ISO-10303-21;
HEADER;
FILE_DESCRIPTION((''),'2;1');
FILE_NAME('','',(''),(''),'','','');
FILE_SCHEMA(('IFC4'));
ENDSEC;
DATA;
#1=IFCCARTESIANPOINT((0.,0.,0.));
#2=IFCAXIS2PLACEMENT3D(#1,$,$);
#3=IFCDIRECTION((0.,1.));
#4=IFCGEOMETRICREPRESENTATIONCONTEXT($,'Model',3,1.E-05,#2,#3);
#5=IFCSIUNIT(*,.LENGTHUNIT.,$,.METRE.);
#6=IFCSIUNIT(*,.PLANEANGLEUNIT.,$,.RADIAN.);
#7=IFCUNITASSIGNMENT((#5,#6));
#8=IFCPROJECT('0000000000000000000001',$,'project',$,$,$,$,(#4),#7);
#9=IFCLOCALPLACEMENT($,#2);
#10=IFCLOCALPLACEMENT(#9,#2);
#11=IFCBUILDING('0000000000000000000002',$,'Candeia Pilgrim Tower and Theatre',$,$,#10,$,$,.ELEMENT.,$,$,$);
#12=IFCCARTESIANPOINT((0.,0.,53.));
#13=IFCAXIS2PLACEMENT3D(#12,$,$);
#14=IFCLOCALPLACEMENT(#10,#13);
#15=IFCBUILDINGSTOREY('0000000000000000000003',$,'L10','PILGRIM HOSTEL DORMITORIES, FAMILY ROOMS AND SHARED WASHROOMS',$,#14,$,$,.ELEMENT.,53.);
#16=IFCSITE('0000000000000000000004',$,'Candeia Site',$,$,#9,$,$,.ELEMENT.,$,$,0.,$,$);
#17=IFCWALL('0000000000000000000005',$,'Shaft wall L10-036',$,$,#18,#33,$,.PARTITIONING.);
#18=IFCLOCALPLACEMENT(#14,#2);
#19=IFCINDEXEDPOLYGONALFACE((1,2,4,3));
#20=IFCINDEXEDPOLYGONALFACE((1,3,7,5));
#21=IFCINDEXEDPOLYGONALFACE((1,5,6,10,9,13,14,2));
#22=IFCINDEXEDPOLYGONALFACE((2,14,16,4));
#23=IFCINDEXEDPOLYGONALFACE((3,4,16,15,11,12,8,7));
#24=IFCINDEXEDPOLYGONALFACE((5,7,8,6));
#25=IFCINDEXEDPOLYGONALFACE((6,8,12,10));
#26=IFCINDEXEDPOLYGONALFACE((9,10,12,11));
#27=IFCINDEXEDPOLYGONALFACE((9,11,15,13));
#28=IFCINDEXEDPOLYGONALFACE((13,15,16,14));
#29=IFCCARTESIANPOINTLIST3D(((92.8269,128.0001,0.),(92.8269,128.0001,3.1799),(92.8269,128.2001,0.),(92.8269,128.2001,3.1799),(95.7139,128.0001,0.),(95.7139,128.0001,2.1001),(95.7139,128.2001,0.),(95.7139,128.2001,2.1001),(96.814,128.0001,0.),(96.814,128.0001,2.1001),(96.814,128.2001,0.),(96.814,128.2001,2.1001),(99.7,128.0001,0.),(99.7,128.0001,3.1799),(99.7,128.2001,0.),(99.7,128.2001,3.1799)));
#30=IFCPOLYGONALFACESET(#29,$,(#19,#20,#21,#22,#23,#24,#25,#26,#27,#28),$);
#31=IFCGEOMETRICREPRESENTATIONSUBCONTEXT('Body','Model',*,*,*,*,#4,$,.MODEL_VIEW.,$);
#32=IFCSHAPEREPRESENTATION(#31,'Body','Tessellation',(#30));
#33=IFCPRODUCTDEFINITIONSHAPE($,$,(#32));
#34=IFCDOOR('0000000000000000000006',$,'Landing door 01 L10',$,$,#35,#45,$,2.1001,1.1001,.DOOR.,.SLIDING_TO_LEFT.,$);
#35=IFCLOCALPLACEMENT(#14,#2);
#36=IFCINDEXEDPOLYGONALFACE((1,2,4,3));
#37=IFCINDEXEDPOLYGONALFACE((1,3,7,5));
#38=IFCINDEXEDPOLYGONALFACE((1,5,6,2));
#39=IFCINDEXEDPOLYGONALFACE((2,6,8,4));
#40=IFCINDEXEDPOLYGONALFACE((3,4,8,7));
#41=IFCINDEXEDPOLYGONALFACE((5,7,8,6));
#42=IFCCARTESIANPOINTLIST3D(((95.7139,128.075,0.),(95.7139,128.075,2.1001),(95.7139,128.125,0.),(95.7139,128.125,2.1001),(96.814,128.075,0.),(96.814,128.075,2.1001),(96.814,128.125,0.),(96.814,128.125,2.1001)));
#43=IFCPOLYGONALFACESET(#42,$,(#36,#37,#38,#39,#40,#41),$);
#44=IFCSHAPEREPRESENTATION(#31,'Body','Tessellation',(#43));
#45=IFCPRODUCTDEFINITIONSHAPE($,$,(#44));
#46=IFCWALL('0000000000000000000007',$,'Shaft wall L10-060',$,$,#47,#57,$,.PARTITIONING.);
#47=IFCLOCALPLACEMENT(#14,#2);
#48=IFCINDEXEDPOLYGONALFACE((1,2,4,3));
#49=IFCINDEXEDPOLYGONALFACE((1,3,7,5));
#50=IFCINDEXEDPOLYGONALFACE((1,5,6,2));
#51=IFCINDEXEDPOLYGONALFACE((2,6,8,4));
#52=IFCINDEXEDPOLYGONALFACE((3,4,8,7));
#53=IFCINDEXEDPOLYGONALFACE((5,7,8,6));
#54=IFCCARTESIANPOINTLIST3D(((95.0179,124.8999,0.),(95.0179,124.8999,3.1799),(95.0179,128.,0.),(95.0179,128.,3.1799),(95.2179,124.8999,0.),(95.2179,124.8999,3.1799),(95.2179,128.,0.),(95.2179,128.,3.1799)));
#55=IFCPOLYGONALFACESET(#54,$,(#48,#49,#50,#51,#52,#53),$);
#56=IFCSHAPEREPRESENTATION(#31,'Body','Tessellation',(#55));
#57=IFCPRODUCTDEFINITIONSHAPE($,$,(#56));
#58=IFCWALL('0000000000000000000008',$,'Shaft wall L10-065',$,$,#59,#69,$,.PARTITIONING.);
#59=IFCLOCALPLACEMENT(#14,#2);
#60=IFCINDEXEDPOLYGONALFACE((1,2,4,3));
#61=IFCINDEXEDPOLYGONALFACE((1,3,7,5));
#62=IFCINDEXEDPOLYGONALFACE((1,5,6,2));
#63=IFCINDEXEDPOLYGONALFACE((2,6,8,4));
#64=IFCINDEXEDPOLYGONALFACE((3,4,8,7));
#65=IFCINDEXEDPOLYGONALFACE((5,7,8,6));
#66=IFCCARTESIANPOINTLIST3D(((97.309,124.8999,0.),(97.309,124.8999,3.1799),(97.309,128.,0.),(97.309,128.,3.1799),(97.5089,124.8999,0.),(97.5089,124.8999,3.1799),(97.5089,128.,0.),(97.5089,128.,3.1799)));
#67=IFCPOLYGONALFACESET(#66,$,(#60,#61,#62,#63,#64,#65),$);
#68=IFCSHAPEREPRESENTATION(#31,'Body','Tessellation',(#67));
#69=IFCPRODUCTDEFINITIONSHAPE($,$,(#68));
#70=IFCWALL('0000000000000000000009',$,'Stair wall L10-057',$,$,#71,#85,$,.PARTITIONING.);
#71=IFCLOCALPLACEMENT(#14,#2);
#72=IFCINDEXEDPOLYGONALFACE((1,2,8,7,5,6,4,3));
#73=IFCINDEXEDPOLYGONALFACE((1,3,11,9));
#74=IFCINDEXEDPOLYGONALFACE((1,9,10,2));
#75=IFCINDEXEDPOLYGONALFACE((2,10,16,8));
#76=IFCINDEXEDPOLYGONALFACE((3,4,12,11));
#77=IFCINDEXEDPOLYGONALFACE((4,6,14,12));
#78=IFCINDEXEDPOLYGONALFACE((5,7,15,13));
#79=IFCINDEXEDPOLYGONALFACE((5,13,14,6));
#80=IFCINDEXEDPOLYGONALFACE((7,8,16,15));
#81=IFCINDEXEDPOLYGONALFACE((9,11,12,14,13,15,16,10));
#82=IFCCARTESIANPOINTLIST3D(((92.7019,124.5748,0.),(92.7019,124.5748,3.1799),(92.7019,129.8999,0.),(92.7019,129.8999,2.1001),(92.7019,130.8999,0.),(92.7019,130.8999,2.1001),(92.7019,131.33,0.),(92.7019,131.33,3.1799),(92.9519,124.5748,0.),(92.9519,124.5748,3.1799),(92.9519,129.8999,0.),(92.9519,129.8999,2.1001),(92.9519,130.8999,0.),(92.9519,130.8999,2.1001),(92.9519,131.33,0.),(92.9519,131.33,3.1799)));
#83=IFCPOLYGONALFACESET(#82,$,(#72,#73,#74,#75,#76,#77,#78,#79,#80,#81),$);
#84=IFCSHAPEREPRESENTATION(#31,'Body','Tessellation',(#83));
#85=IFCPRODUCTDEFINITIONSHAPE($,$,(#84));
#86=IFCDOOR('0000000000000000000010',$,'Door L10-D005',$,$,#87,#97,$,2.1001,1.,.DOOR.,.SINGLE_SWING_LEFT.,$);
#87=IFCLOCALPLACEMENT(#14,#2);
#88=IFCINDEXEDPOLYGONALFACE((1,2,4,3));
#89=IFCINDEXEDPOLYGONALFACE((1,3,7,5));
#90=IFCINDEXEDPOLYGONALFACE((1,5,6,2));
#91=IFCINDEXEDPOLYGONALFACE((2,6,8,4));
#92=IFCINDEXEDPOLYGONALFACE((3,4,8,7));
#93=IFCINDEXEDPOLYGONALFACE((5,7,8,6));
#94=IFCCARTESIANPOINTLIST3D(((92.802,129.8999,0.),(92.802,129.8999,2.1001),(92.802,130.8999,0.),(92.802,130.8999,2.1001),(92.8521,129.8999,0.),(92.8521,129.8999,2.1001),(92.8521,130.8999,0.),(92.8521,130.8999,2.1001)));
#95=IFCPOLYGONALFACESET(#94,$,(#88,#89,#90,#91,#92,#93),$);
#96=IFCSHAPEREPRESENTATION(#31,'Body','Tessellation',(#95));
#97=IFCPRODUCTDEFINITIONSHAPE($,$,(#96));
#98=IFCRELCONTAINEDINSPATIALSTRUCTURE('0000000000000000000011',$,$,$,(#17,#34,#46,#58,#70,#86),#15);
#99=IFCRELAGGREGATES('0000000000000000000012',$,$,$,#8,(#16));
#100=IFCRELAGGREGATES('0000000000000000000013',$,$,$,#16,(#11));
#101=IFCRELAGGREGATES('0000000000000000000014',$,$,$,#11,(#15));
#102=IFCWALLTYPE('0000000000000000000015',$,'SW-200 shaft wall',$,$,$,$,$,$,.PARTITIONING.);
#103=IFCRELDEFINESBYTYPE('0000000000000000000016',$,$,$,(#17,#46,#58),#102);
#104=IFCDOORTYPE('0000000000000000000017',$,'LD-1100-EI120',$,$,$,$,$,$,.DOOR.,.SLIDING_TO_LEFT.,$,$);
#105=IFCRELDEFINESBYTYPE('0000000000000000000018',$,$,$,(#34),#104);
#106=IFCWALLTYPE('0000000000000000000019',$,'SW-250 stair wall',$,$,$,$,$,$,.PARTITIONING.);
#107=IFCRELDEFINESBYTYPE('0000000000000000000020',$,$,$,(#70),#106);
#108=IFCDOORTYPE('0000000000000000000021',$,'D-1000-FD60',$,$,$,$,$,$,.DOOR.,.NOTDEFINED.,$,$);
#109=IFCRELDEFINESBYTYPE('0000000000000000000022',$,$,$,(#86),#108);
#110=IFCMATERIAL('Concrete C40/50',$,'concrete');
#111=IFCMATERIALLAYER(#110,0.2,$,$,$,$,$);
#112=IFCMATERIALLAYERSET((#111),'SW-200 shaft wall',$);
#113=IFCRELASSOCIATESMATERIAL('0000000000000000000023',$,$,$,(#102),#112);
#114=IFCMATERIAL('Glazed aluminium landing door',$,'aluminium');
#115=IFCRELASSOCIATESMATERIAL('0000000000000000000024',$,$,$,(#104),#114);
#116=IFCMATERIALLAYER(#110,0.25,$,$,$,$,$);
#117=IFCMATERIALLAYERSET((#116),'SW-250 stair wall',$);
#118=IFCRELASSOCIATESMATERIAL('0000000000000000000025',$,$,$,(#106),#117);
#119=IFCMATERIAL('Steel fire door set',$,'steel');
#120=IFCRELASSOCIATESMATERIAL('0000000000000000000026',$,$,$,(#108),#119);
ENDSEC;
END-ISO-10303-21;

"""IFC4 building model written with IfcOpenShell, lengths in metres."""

from ifc_helpers import new_model, si_unit, direction, frame, frame_2d, origin, place, context, subcontext, project, spatial, rectangle, extrude, material, layer, layer_set, type_object, element, fill, save


model = new_model("IFC4")

# Units and contexts
model_context = context("Model", 3, precision=1e-05, world=origin(), true_north=direction((0.0, 1.0)))
body_context = subcontext(model_context, "Body", "Model", "MODEL_VIEW")
ifc_project = project(units=[si_unit("LENGTHUNIT", "METRE"), si_unit("PLANEANGLEUNIT", "RADIAN")], contexts=[model_context])

# Site, building, storey
site_placement = place(None, origin())
site = spatial("IfcSite", under=ifc_project, at=site_placement, Name="Candeia Site", CompositionType="ELEMENT", RefElevation=0.0)
building_placement = place(site_placement, origin())
building = spatial("IfcBuilding", under=site, at=building_placement, Name="Candeia Pilgrim Tower and Theatre", CompositionType="ELEMENT")
storey_placement = place(building_placement, frame((0.0, 0.0, 53.0)))
storey = spatial("IfcBuildingStorey", under=building, at=storey_placement, Name="L10", Description="PILGRIM HOSTEL DORMITORIES, FAMILY ROOMS AND SHARED WASHROOMS", CompositionType="ELEMENT", Elevation=53.0)

# Shared definitions
ifc_material_1 = material(Name="Steel fire door set", Category="steel")

# Shared definitions
ifc_material_2 = material(Name="Concrete C40/50", Category="concrete")
ifc_layer_1 = layer(ifc_material_2, 0.2)
ifc_layer_set_1 = layer_set([ifc_layer_1], Name="SW-200 shaft wall")
wall_type_1 = type_object("IfcWallType", Name="SW-200 shaft wall", PredefinedType="PARTITIONING", material=ifc_layer_set_1)

# Wall, opening, door
ifc_material_3 = material(Name="Glazed aluminium landing door", Category="aluminium")
door_type_1 = type_object("IfcDoorType", Name="LD-1100-EI120", OperationType="SLIDING_TO_LEFT", PredefinedType="DOOR", material=ifc_material_3)
wall_1_placement = place(storey_placement, frame((92.8269, 128.1001, 0.0), z_axis=(0.0, 0.0, 1.0), x_axis=(1.0, 0.0, 0.0)))
wall_1 = element("IfcWall", 1, at=wall_1_placement, inside=storey, type_object=wall_type_1, Name="Shaft wall L10-036", PredefinedType="PARTITIONING", context=body_context, shape_type="SweptSolid", body=[
    extrude(rectangle(XDim=6.873, YDim=0.2, at=frame_2d((3.4365, 0.0))), origin(), (0.0, 0.0, 1.0), 3.1799),
])
opening_1_placement = place(wall_1_placement, frame((2.887, 0.0, 0.0)))
opening_1 = element("IfcOpeningElement", 2, at=opening_1_placement, cuts=wall_1, PredefinedType="OPENING", context=body_context, shape_type="SweptSolid", body=[
    extrude(rectangle(XDim=1.1001, YDim=2.1001, at=frame_2d((0.55, 1.05))), frame((0.0, 0.1099, 0.0), z_axis=(0.0, -1.0, 0.0), x_axis=(1.0, 0.0, 0.0)), (0.0, 0.0, 1.0), 0.22),
])
door_1_placement = place(opening_1_placement, origin())
door_1 = element("IfcDoor", 3, at=door_1_placement, inside=storey, type_object=door_type_1, Name="Landing door 01 L10", OperationType="SLIDING_TO_LEFT", OverallHeight=2.1001, OverallWidth=1.1001, PredefinedType="DOOR", context=body_context, shape_type="SweptSolid", body=[
    extrude(rectangle(XDim=1.1001, YDim=2.1001, at=frame_2d((0.55, 1.05))), frame((0.0, 0.0249, 0.0), z_axis=(0.0, -1.0, 0.0), x_axis=(1.0, 0.0, 0.0)), (0.0, 0.0, 1.0), 0.05),
])
fill(opening_1, door_1)

# Walls
for number, where, z_axis, x_axis, name in (
    (4, (95.1179, 124.8999, 0.0), (0.0, 0.0, 1.0), (0.0, 1.0, 0.0), "Shaft wall L10-060"),
    (5, (97.4089, 124.8999, 0.0), (0.0, 0.0, 1.0), (0.0, 1.0, 0.0), "Shaft wall L10-065"),
):
    element("IfcWall", number, at=place(storey_placement, frame(where, z_axis=z_axis, x_axis=x_axis)), inside=storey, type_object=wall_type_1, Name=name, PredefinedType="PARTITIONING", context=body_context, shape_type="SweptSolid", body=[
        extrude(rectangle(XDim=3.1001, YDim=0.2, at=frame_2d((1.55, 0.0))), origin(), (0.0, 0.0, 1.0), 3.1799),
    ])

# Wall, opening, door
ifc_layer_2 = layer(ifc_material_2, 0.25)
ifc_layer_set_2 = layer_set([ifc_layer_2], Name="SW-250 stair wall")
wall_type_2 = type_object("IfcWallType", Name="SW-250 stair wall", PredefinedType="PARTITIONING", material=ifc_layer_set_2)
wall_2_placement = place(storey_placement, frame((92.8269, 124.575, 0.0), z_axis=(0.0, 0.0, 1.0), x_axis=(0.0, 1.0, 0.0)))
wall_2 = element("IfcWall", 6, at=wall_2_placement, inside=storey, type_object=wall_type_2, Name="Stair wall L10-057", PredefinedType="PARTITIONING", context=body_context, shape_type="SweptSolid", body=[
    extrude(rectangle(XDim=6.7551, YDim=0.25, at=frame_2d((3.3774, 0.0))), origin(), (0.0, 0.0, 1.0), 3.1799),
])
opening_2_placement = place(wall_2_placement, frame((5.325, 0.0, 0.0)))
opening_2 = element("IfcOpeningElement", 7, at=opening_2_placement, cuts=wall_2, PredefinedType="OPENING", context=body_context, shape_type="SweptSolid", body=[
    extrude(rectangle(XDim=1.0, YDim=2.1001, at=frame_2d((0.5, 1.05))), frame((0.0, 0.135, 0.0), z_axis=(0.0, -1.0, 0.0), x_axis=(1.0, 0.0, 0.0)), (0.0, 0.0, 1.0), 0.27),
])
door_type_2 = type_object("IfcDoorType", Name="D-1000-FD60", OperationType="NOTDEFINED", PredefinedType="DOOR", material=ifc_material_1)
door_2_placement = place(opening_2_placement, origin())
door_2 = element("IfcDoor", 8, at=door_2_placement, inside=storey, type_object=door_type_2, Name="Door L10-D005", OperationType="SINGLE_SWING_LEFT", OverallHeight=2.1001, OverallWidth=1.0, PredefinedType="DOOR", context=body_context, shape_type="SweptSolid", body=[
    extrude(rectangle(XDim=1.0, YDim=2.1001, at=frame_2d((0.5, 1.05))), frame((0.0, 0.0249, 0.0), z_axis=(0.0, -1.0, 0.0), x_axis=(1.0, 0.0, 0.0)), (0.0, 0.0, 1.0), 0.05),
])
fill(opening_2, door_2)

save(model, "model.ifc")
